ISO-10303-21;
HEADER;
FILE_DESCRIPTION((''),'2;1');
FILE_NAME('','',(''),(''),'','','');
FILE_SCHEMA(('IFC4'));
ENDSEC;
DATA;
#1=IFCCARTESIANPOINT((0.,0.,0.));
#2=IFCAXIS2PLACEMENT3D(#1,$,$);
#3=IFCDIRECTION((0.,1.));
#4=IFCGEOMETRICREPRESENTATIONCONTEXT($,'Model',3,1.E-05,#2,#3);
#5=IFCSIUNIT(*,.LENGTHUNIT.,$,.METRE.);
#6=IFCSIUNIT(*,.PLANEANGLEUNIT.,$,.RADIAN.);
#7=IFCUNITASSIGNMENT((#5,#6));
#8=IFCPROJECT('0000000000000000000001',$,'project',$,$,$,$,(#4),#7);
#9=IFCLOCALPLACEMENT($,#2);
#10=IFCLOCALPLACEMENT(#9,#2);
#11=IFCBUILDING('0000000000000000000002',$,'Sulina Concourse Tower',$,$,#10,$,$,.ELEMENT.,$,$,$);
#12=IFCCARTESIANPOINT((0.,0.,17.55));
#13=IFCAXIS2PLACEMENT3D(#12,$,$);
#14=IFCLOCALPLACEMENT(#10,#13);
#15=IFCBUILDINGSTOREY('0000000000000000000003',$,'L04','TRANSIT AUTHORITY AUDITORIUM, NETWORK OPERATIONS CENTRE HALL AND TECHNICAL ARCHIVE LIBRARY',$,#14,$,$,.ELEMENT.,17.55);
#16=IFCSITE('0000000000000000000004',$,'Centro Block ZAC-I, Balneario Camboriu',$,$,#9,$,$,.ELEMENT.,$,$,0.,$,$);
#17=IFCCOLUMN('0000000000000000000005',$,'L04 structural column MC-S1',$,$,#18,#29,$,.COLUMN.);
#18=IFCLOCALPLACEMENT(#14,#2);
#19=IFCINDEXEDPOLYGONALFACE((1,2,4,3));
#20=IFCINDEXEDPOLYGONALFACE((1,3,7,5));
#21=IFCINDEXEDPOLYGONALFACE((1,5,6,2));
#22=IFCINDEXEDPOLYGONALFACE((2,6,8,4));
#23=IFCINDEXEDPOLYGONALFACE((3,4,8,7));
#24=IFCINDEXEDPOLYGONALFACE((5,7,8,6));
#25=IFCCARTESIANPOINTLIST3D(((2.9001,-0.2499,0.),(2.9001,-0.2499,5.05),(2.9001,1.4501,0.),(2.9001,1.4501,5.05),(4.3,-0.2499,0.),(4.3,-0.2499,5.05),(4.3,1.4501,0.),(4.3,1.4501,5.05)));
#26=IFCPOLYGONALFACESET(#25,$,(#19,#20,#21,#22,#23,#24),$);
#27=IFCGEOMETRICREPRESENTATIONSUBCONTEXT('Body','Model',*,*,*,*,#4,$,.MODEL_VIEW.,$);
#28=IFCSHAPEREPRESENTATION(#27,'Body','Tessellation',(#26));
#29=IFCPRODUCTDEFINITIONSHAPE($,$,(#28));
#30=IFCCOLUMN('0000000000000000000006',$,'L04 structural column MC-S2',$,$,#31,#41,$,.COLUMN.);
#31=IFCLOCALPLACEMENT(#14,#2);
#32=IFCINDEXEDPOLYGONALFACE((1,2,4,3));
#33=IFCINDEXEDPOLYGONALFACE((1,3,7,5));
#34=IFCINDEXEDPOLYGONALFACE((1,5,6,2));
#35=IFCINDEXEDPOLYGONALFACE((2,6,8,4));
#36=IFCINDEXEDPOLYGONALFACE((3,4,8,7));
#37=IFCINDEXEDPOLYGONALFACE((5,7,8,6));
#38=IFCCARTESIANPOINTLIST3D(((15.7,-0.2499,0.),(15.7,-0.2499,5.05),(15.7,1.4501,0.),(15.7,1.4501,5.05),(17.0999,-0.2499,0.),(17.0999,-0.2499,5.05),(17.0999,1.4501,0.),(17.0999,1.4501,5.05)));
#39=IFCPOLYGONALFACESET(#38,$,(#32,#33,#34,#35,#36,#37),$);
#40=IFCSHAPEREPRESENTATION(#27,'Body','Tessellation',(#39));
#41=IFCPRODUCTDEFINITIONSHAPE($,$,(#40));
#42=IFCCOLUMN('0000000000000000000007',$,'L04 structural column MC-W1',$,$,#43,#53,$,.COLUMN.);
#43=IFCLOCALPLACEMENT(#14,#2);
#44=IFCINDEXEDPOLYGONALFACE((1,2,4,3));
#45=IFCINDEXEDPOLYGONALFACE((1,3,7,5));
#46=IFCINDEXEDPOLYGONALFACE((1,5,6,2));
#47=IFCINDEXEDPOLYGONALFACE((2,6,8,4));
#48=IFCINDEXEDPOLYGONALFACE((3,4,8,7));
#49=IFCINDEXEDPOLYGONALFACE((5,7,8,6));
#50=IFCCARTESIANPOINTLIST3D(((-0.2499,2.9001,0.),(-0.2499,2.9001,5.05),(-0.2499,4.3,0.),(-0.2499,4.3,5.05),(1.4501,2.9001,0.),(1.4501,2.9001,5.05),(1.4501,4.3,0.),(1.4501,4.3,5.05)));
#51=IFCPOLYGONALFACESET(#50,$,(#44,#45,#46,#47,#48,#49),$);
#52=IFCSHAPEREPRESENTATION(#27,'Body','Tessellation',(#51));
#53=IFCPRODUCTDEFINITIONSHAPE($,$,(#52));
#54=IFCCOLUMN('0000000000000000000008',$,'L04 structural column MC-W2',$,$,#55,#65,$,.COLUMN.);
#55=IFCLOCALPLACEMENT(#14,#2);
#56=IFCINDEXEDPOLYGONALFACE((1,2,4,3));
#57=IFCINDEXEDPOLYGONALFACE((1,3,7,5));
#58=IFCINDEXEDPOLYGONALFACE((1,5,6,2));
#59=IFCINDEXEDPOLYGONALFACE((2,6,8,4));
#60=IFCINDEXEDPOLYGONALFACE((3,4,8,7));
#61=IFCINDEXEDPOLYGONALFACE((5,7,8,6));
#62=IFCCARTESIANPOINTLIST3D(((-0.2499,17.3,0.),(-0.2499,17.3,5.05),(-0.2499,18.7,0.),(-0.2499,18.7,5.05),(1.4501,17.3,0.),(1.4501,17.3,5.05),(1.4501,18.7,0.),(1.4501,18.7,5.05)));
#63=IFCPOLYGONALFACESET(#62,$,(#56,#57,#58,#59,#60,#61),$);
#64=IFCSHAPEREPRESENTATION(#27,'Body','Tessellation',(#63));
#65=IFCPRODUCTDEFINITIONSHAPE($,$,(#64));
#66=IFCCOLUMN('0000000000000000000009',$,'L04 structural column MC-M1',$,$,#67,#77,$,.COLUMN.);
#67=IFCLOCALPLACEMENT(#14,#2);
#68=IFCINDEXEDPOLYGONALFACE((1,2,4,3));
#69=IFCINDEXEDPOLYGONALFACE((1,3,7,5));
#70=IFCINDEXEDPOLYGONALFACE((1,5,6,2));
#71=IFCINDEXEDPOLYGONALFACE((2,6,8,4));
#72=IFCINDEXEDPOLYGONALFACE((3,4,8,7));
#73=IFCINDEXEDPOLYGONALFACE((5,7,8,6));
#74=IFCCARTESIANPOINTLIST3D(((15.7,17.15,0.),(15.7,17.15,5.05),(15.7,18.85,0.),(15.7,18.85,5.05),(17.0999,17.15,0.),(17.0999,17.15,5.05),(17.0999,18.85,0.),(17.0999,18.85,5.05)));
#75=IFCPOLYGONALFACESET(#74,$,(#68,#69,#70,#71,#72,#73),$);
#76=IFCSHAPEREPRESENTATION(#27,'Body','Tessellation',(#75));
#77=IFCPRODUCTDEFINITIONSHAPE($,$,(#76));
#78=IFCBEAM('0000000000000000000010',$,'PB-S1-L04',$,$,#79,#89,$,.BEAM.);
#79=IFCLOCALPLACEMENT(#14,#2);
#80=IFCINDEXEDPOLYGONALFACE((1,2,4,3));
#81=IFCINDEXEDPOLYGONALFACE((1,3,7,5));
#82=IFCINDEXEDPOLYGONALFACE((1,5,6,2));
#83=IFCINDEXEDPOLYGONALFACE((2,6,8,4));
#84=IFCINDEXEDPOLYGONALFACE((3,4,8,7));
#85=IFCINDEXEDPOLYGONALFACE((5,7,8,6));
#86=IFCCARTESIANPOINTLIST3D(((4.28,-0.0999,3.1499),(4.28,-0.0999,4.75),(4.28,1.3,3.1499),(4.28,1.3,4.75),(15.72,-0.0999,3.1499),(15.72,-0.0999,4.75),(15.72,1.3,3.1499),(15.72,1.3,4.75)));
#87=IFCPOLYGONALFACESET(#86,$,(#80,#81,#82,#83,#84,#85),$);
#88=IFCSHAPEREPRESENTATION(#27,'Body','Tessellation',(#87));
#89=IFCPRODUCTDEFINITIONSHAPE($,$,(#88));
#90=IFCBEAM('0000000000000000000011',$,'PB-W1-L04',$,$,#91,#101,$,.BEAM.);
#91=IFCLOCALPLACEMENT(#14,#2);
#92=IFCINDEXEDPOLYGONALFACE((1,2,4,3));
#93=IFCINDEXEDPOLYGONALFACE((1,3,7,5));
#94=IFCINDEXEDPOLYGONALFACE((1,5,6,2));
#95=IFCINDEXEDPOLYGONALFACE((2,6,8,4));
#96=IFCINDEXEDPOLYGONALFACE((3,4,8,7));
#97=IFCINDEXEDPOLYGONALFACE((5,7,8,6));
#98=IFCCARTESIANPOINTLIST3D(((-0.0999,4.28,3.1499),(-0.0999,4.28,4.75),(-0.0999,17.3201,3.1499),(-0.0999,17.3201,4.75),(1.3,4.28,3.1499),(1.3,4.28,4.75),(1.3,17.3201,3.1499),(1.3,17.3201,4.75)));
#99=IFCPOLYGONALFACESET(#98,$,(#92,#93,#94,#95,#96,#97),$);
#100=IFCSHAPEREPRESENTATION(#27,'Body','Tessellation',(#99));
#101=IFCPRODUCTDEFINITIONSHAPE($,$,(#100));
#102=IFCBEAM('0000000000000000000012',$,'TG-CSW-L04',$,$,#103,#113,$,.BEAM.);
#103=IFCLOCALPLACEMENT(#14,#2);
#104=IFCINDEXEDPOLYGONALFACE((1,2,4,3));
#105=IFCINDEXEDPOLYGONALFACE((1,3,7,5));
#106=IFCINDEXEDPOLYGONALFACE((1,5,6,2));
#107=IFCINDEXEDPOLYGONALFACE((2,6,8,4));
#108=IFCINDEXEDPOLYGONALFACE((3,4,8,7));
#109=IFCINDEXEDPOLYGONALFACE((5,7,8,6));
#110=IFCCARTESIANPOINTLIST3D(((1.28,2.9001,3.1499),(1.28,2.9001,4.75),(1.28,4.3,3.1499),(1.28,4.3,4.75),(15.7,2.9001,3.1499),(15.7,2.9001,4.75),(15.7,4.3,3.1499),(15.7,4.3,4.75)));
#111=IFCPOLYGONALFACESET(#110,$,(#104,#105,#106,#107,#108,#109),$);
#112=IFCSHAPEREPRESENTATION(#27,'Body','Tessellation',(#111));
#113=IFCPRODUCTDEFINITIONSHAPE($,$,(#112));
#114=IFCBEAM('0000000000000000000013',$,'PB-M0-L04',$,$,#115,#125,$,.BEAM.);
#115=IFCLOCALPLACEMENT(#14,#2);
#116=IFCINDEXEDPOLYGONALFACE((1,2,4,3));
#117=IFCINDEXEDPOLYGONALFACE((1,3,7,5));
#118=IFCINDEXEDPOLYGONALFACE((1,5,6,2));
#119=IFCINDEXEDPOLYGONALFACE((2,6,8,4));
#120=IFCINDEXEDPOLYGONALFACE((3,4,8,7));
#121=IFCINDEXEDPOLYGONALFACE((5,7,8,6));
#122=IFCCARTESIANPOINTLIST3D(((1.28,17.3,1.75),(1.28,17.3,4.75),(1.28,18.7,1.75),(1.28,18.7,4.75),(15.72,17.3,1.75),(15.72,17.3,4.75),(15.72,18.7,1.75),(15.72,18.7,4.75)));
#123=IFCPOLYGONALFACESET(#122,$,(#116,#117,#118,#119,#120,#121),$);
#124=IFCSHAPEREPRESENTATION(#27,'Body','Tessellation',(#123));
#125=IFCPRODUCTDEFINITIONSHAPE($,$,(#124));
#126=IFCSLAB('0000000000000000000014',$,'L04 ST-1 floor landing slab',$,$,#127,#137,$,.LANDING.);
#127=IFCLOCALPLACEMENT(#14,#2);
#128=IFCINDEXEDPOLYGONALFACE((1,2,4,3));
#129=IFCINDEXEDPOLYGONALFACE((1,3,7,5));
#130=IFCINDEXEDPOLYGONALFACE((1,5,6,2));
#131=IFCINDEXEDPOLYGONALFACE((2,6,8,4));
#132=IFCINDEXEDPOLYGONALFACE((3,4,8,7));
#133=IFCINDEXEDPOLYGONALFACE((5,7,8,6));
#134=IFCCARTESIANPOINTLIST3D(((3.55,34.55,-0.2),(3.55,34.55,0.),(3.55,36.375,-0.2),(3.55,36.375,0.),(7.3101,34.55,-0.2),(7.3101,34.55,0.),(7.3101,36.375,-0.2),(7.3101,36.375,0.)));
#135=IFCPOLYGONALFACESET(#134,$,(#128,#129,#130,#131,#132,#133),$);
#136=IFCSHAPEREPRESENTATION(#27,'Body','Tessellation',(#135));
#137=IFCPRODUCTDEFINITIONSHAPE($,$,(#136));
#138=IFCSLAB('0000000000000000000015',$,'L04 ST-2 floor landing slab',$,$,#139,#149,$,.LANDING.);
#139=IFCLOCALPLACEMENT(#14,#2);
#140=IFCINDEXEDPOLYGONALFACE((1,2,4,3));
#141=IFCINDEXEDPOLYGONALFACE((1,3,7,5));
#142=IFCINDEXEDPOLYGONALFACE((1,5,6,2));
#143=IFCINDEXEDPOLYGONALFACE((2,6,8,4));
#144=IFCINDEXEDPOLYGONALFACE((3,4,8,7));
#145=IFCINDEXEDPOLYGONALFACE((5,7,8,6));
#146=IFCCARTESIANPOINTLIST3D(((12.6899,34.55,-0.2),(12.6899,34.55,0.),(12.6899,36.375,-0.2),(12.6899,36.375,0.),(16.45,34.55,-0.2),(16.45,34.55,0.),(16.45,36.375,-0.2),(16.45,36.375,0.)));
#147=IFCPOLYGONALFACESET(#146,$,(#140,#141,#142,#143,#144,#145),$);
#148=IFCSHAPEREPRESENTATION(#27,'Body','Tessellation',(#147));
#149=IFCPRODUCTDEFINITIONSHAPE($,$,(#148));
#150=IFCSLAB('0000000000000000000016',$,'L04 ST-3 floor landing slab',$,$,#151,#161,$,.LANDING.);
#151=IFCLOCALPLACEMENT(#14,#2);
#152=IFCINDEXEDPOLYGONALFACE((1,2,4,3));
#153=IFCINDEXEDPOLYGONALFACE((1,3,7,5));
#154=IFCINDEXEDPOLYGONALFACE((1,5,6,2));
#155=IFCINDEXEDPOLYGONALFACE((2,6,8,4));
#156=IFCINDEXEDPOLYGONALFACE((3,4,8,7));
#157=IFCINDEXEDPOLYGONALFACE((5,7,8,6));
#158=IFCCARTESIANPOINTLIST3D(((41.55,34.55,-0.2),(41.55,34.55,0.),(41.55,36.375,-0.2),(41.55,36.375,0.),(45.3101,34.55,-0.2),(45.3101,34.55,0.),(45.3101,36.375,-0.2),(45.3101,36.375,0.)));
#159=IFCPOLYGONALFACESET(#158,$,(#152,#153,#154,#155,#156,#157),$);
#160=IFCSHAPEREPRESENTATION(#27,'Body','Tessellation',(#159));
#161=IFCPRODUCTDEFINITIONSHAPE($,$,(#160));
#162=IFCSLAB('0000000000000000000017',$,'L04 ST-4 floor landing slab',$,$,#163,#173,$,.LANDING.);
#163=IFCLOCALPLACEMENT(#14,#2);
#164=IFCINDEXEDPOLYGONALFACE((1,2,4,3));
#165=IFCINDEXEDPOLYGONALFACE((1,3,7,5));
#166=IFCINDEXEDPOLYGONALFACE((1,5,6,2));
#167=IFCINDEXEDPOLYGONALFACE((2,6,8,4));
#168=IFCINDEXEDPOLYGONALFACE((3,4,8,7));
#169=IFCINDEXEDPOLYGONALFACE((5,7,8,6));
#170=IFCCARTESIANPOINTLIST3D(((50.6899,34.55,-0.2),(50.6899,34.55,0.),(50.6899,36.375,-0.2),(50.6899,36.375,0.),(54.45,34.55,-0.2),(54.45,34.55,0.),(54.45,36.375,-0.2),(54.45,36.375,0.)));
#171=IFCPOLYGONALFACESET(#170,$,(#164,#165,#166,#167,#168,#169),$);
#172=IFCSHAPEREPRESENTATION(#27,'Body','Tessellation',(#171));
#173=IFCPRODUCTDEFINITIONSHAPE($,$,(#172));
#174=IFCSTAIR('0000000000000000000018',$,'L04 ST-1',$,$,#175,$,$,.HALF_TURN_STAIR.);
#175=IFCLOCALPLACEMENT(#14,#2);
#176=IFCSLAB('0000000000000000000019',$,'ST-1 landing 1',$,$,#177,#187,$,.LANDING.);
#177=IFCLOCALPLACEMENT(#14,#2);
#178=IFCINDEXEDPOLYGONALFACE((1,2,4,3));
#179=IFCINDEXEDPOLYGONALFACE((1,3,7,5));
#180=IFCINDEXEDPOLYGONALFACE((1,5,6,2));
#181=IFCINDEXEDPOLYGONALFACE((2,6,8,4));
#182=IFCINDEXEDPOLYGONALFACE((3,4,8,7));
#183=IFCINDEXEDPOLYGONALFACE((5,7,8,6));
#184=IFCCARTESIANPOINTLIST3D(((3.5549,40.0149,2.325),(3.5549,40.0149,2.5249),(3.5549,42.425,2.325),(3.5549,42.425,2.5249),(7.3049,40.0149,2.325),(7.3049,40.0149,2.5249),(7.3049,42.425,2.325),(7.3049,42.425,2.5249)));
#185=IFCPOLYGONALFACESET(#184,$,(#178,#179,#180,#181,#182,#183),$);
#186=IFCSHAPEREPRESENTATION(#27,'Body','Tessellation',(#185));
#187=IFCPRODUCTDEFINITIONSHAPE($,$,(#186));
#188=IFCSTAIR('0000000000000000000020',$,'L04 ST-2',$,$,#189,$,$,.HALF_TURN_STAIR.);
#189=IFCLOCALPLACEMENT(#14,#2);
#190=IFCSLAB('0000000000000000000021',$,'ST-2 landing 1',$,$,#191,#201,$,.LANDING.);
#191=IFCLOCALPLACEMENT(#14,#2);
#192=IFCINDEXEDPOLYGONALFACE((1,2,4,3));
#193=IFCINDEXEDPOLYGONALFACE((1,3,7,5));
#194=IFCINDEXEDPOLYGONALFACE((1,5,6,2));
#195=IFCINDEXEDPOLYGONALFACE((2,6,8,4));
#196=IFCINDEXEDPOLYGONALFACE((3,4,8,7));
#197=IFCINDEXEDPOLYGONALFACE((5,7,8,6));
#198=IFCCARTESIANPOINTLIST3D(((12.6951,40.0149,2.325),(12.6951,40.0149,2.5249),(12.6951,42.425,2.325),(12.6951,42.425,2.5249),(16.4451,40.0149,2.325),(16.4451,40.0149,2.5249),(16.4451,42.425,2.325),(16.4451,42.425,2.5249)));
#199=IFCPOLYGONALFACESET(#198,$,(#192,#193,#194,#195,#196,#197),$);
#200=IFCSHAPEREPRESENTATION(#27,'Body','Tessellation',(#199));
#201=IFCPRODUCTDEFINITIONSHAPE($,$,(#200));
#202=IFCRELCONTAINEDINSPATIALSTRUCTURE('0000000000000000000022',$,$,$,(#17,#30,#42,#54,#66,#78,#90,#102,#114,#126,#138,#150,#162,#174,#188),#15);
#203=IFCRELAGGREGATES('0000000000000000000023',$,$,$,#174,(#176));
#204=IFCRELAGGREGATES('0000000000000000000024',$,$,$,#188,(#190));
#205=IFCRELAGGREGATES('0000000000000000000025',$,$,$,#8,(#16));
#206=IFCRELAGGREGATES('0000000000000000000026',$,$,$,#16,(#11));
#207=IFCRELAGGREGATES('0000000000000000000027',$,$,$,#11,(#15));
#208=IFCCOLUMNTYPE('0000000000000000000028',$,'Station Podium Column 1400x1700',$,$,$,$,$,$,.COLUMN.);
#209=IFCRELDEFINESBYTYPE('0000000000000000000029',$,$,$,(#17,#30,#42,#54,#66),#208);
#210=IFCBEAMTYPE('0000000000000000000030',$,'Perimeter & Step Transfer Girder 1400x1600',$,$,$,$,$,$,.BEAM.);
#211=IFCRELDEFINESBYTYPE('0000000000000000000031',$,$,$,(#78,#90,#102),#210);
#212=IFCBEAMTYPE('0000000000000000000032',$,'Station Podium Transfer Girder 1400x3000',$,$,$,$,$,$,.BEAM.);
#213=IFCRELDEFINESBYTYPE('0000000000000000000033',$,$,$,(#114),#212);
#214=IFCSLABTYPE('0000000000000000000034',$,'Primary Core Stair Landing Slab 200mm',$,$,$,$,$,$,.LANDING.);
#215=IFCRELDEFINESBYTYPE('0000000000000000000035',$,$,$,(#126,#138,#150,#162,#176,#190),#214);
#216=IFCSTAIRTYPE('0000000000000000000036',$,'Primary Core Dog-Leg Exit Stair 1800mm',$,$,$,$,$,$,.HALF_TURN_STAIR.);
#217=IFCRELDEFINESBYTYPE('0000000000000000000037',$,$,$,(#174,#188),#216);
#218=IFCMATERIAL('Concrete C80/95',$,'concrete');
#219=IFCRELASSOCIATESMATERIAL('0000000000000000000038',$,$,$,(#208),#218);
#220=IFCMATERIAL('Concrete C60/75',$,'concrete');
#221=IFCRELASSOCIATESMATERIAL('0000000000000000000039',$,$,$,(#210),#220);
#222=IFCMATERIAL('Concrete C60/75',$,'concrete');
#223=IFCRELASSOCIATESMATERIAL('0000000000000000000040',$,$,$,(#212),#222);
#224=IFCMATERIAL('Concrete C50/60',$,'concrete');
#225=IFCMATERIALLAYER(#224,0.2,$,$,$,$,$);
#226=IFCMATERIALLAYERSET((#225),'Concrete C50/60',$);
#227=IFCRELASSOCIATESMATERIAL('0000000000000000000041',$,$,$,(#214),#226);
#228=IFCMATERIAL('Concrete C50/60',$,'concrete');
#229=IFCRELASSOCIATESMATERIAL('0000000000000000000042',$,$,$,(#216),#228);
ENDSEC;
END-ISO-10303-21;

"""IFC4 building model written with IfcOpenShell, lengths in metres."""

from ifc_helpers import new_model, si_unit, direction, frame, origin, origin_2d, place, context, subcontext, project, spatial, polyline, rectangle, outline, extrude, material, layer, layer_set, material_profile, profile_set, type_object, element, aggregate, save


model = new_model("IFC4")

# Units and contexts
model_context = context("Model", 3, precision=1e-05, world=origin(), true_north=direction((0.0, 1.0)))
body_context = subcontext(model_context, "Body", "Model", "MODEL_VIEW")
ifc_project = project(units=[si_unit("LENGTHUNIT", "METRE"), si_unit("PLANEANGLEUNIT", "RADIAN")], contexts=[model_context])

# Site, building, storey
site_placement = place(None, origin())
site = spatial("IfcSite", under=ifc_project, at=site_placement, Name="Centro Block ZAC-I, Balneario Camboriu", CompositionType="ELEMENT", RefElevation=0.0)
building_placement = place(site_placement, origin())
building = spatial("IfcBuilding", under=site, at=building_placement, Name="Sulina Concourse Tower", CompositionType="ELEMENT")
storey_placement = place(building_placement, frame((0.0, 0.0, 17.55)))
storey = spatial("IfcBuildingStorey", under=building, at=storey_placement, Name="L04", Description="TRANSIT AUTHORITY AUDITORIUM, NETWORK OPERATIONS CENTRE HALL AND TECHNICAL ARCHIVE LIBRARY", CompositionType="ELEMENT", Elevation=17.55)

# Columns
ifc_material_1 = material(Name="Concrete C80/95", Category="concrete")
ifc_material_profile_1 = material_profile(ifc_material_1, rectangle(XDim=1.3999, YDim=1.7, at=origin_2d()), Name="RC 1400x1700")
ifc_profile_set_1 = profile_set([ifc_material_profile_1], Name="Concrete C80/95")
column_type = type_object("IfcColumnType", Name="Station Podium Column 1400x1700", PredefinedType="COLUMN", material=ifc_profile_set_1)
for number, where, z_axis, x_axis, name in (
    (1, (3.6001, 0.6001, 0.0), (0.0, 0.0, 1.0), (1.0, 0.0, 0.0), "L04 structural column MC-S1"),
    (2, (16.3999, 0.6001, 0.0), (0.0, 0.0, 1.0), (1.0, 0.0, 0.0), "L04 structural column MC-S2"),
    (3, (0.6001, 3.6001, 0.0), (0.0, 0.0, 1.0), (0.0, 1.0, 0.0), "L04 structural column MC-W1"),
    (4, (0.6001, 18.0, 0.0), (0.0, 0.0, 1.0), (0.0, 1.0, 0.0), "L04 structural column MC-W2"),
    (5, (16.3999, 18.0, 0.0), (0.0, 0.0, 1.0), (1.0, 0.0, 0.0), "L04 structural column MC-M1"),
):
    element("IfcColumn", number, at=place(storey_placement, frame(where, z_axis=z_axis, x_axis=x_axis)), inside=storey, type_object=column_type, Name=name, PredefinedType="COLUMN", context=body_context, shape_type="SweptSolid", body=[
        extrude(rectangle(XDim=1.3999, YDim=1.7, at=origin_2d()), origin(), (0.0, 0.0, 1.0), 5.05),
    ])

# Beams
ifc_material_2 = material(Name="Concrete C60/75", Category="concrete")
ifc_material_profile_2 = material_profile(ifc_material_2, rectangle(XDim=1.3999, YDim=1.6001, at=origin_2d()), Name="RC 1400x1600")
ifc_profile_set_2 = profile_set([ifc_material_profile_2], Name="Concrete C60/75")
beam_type_1 = type_object("IfcBeamType", Name="Perimeter & Step Transfer Girder 1400x1600", PredefinedType="BEAM", material=ifc_profile_set_2)
beam_1_placement = place(storey_placement, frame((4.28, 0.6001, 3.95), z_axis=(1.0, 0.0, 0.0), x_axis=(0.0, 1.0, 0.0)))
element("IfcBeam", 6, at=beam_1_placement, inside=storey, type_object=beam_type_1, Name="PB-S1-L04", PredefinedType="BEAM", context=body_context, shape_type="SweptSolid", body=[
    extrude(rectangle(XDim=1.3999, YDim=1.6001, at=origin_2d()), origin(), (0.0, 0.0, 1.0), 11.4399),
])
beam_2_placement = place(storey_placement, frame((0.6001, 4.28, 3.95), z_axis=(0.0, 1.0, 0.0), x_axis=(-1.0, 0.0, 0.0)))
element("IfcBeam", 7, at=beam_2_placement, inside=storey, type_object=beam_type_1, Name="PB-W1-L04", PredefinedType="BEAM", context=body_context, shape_type="SweptSolid", body=[
    extrude(rectangle(XDim=1.3999, YDim=1.6001, at=origin_2d()), origin(), (0.0, 0.0, 1.0), 13.04),
])
beam_3_placement = place(storey_placement, frame((1.28, 3.6001, 3.95), z_axis=(1.0, 0.0, 0.0), x_axis=(0.0, 1.0, 0.0)))
element("IfcBeam", 8, at=beam_3_placement, inside=storey, type_object=beam_type_1, Name="TG-CSW-L04", PredefinedType="BEAM", context=body_context, shape_type="SweptSolid", body=[
    extrude(rectangle(XDim=1.3999, YDim=1.6001, at=origin_2d()), origin(), (0.0, 0.0, 1.0), 14.4199),
])
ifc_material_3 = material(Name="Concrete C60/75", Category="concrete")
ifc_material_profile_3 = material_profile(ifc_material_3, rectangle(XDim=1.3999, YDim=3.0, at=origin_2d()), Name="RC 1400x3000")
ifc_profile_set_3 = profile_set([ifc_material_profile_3], Name="Concrete C60/75")
beam_type_2 = type_object("IfcBeamType", Name="Station Podium Transfer Girder 1400x3000", PredefinedType="BEAM", material=ifc_profile_set_3)
beam_4_placement = place(storey_placement, frame((1.28, 18.0, 3.25), z_axis=(1.0, 0.0, 0.0), x_axis=(0.0, 1.0, 0.0)))
element("IfcBeam", 9, at=beam_4_placement, inside=storey, type_object=beam_type_2, Name="PB-M0-L04", PredefinedType="BEAM", context=body_context, shape_type="SweptSolid", body=[
    extrude(rectangle(XDim=1.3999, YDim=3.0, at=origin_2d()), origin(), (0.0, 0.0, 1.0), 14.4399),
])

# Slabs
ifc_material_4 = material(Name="Concrete C50/60", Category="concrete")
ifc_layer_1 = layer(ifc_material_4, 0.2)
ifc_layer_set_1 = layer_set([ifc_layer_1], Name="Concrete C50/60")
slab_type_1 = type_object("IfcSlabType", Name="Primary Core Stair Landing Slab 200mm", PredefinedType="LANDING", material=ifc_layer_set_1)
slab_1_placement = place(storey_placement, frame((0.0, 0.0, -0.2)))
element("IfcSlab", 10, at=slab_1_placement, inside=storey, type_object=slab_type_1, Name="L04 ST-1 floor landing slab", PredefinedType="LANDING", context=body_context, shape_type="SweptSolid", body=[
    extrude(outline(polyline([(7.3101, 34.55), (7.3101, 36.375), (3.55, 36.375), (3.55, 34.55), (7.3101, 34.55)])), origin(), (0.0, 0.0, 1.0), 0.2),
])
slab_2_placement = place(storey_placement, frame((0.0, 0.0, -0.2)))
element("IfcSlab", 11, at=slab_2_placement, inside=storey, type_object=slab_type_1, Name="L04 ST-2 floor landing slab", PredefinedType="LANDING", context=body_context, shape_type="SweptSolid", body=[
    extrude(outline(polyline([(16.45, 34.55), (16.45, 36.375), (12.6899, 36.375), (12.6899, 34.55), (16.45, 34.55)])), origin(), (0.0, 0.0, 1.0), 0.2),
])
slab_3_placement = place(storey_placement, frame((0.0, 0.0, -0.2)))
element("IfcSlab", 12, at=slab_3_placement, inside=storey, type_object=slab_type_1, Name="L04 ST-3 floor landing slab", PredefinedType="LANDING", context=body_context, shape_type="SweptSolid", body=[
    extrude(outline(polyline([(45.3101, 34.55), (45.3101, 36.375), (41.55, 36.375), (41.55, 34.55), (45.3101, 34.55)])), origin(), (0.0, 0.0, 1.0), 0.2),
])
slab_4_placement = place(storey_placement, frame((0.0, 0.0, -0.2)))
element("IfcSlab", 13, at=slab_4_placement, inside=storey, type_object=slab_type_1, Name="L04 ST-4 floor landing slab", PredefinedType="LANDING", context=body_context, shape_type="SweptSolid", body=[
    extrude(outline(polyline([(54.45, 34.55), (54.45, 36.375), (50.6899, 36.375), (50.6899, 34.55), (54.45, 34.55)])), origin(), (0.0, 0.0, 1.0), 0.2),
])

# Stairs, slabs
ifc_material_5 = material(Name="Concrete C50/60", Category="concrete")
stair_type_1 = type_object("IfcStairType", Name="Primary Core Dog-Leg Exit Stair 1800mm", PredefinedType="HALF_TURN_STAIR", material=ifc_material_5)
stair_1_placement = place(storey_placement, origin())
stair_1 = element("IfcStair", 14, at=stair_1_placement, inside=storey, type_object=stair_type_1, Name="L04 ST-1", PredefinedType="HALF_TURN_STAIR")
slab_5_placement = place(storey_placement, frame((0.0, 0.0, 2.325)))
slab_5 = element("IfcSlab", 15, at=slab_5_placement, type_object=slab_type_1, Name="ST-1 landing 1", PredefinedType="LANDING", context=body_context, shape_type="SweptSolid", body=[
    extrude(outline(polyline([(7.3049, 40.0149), (7.3049, 42.425), (3.5549, 42.425), (3.5549, 40.0149), (7.3049, 40.0149)])), origin(), (0.0, 0.0, 1.0), 0.2),
])
aggregate(stair_1, [slab_5])
stair_2_placement = place(storey_placement, origin())
stair_2 = element("IfcStair", 16, at=stair_2_placement, inside=storey, type_object=stair_type_1, Name="L04 ST-2", PredefinedType="HALF_TURN_STAIR")
slab_6_placement = place(storey_placement, frame((0.0, 0.0, 2.325)))
slab_6 = element("IfcSlab", 17, at=slab_6_placement, type_object=slab_type_1, Name="ST-2 landing 1", PredefinedType="LANDING", context=body_context, shape_type="SweptSolid", body=[
    extrude(outline(polyline([(16.4451, 40.0149), (16.4451, 42.425), (12.6951, 42.425), (12.6951, 40.0149), (16.4451, 40.0149)])), origin(), (0.0, 0.0, 1.0), 0.2),
])
aggregate(stair_2, [slab_6])

save(model, "model.ifc")
